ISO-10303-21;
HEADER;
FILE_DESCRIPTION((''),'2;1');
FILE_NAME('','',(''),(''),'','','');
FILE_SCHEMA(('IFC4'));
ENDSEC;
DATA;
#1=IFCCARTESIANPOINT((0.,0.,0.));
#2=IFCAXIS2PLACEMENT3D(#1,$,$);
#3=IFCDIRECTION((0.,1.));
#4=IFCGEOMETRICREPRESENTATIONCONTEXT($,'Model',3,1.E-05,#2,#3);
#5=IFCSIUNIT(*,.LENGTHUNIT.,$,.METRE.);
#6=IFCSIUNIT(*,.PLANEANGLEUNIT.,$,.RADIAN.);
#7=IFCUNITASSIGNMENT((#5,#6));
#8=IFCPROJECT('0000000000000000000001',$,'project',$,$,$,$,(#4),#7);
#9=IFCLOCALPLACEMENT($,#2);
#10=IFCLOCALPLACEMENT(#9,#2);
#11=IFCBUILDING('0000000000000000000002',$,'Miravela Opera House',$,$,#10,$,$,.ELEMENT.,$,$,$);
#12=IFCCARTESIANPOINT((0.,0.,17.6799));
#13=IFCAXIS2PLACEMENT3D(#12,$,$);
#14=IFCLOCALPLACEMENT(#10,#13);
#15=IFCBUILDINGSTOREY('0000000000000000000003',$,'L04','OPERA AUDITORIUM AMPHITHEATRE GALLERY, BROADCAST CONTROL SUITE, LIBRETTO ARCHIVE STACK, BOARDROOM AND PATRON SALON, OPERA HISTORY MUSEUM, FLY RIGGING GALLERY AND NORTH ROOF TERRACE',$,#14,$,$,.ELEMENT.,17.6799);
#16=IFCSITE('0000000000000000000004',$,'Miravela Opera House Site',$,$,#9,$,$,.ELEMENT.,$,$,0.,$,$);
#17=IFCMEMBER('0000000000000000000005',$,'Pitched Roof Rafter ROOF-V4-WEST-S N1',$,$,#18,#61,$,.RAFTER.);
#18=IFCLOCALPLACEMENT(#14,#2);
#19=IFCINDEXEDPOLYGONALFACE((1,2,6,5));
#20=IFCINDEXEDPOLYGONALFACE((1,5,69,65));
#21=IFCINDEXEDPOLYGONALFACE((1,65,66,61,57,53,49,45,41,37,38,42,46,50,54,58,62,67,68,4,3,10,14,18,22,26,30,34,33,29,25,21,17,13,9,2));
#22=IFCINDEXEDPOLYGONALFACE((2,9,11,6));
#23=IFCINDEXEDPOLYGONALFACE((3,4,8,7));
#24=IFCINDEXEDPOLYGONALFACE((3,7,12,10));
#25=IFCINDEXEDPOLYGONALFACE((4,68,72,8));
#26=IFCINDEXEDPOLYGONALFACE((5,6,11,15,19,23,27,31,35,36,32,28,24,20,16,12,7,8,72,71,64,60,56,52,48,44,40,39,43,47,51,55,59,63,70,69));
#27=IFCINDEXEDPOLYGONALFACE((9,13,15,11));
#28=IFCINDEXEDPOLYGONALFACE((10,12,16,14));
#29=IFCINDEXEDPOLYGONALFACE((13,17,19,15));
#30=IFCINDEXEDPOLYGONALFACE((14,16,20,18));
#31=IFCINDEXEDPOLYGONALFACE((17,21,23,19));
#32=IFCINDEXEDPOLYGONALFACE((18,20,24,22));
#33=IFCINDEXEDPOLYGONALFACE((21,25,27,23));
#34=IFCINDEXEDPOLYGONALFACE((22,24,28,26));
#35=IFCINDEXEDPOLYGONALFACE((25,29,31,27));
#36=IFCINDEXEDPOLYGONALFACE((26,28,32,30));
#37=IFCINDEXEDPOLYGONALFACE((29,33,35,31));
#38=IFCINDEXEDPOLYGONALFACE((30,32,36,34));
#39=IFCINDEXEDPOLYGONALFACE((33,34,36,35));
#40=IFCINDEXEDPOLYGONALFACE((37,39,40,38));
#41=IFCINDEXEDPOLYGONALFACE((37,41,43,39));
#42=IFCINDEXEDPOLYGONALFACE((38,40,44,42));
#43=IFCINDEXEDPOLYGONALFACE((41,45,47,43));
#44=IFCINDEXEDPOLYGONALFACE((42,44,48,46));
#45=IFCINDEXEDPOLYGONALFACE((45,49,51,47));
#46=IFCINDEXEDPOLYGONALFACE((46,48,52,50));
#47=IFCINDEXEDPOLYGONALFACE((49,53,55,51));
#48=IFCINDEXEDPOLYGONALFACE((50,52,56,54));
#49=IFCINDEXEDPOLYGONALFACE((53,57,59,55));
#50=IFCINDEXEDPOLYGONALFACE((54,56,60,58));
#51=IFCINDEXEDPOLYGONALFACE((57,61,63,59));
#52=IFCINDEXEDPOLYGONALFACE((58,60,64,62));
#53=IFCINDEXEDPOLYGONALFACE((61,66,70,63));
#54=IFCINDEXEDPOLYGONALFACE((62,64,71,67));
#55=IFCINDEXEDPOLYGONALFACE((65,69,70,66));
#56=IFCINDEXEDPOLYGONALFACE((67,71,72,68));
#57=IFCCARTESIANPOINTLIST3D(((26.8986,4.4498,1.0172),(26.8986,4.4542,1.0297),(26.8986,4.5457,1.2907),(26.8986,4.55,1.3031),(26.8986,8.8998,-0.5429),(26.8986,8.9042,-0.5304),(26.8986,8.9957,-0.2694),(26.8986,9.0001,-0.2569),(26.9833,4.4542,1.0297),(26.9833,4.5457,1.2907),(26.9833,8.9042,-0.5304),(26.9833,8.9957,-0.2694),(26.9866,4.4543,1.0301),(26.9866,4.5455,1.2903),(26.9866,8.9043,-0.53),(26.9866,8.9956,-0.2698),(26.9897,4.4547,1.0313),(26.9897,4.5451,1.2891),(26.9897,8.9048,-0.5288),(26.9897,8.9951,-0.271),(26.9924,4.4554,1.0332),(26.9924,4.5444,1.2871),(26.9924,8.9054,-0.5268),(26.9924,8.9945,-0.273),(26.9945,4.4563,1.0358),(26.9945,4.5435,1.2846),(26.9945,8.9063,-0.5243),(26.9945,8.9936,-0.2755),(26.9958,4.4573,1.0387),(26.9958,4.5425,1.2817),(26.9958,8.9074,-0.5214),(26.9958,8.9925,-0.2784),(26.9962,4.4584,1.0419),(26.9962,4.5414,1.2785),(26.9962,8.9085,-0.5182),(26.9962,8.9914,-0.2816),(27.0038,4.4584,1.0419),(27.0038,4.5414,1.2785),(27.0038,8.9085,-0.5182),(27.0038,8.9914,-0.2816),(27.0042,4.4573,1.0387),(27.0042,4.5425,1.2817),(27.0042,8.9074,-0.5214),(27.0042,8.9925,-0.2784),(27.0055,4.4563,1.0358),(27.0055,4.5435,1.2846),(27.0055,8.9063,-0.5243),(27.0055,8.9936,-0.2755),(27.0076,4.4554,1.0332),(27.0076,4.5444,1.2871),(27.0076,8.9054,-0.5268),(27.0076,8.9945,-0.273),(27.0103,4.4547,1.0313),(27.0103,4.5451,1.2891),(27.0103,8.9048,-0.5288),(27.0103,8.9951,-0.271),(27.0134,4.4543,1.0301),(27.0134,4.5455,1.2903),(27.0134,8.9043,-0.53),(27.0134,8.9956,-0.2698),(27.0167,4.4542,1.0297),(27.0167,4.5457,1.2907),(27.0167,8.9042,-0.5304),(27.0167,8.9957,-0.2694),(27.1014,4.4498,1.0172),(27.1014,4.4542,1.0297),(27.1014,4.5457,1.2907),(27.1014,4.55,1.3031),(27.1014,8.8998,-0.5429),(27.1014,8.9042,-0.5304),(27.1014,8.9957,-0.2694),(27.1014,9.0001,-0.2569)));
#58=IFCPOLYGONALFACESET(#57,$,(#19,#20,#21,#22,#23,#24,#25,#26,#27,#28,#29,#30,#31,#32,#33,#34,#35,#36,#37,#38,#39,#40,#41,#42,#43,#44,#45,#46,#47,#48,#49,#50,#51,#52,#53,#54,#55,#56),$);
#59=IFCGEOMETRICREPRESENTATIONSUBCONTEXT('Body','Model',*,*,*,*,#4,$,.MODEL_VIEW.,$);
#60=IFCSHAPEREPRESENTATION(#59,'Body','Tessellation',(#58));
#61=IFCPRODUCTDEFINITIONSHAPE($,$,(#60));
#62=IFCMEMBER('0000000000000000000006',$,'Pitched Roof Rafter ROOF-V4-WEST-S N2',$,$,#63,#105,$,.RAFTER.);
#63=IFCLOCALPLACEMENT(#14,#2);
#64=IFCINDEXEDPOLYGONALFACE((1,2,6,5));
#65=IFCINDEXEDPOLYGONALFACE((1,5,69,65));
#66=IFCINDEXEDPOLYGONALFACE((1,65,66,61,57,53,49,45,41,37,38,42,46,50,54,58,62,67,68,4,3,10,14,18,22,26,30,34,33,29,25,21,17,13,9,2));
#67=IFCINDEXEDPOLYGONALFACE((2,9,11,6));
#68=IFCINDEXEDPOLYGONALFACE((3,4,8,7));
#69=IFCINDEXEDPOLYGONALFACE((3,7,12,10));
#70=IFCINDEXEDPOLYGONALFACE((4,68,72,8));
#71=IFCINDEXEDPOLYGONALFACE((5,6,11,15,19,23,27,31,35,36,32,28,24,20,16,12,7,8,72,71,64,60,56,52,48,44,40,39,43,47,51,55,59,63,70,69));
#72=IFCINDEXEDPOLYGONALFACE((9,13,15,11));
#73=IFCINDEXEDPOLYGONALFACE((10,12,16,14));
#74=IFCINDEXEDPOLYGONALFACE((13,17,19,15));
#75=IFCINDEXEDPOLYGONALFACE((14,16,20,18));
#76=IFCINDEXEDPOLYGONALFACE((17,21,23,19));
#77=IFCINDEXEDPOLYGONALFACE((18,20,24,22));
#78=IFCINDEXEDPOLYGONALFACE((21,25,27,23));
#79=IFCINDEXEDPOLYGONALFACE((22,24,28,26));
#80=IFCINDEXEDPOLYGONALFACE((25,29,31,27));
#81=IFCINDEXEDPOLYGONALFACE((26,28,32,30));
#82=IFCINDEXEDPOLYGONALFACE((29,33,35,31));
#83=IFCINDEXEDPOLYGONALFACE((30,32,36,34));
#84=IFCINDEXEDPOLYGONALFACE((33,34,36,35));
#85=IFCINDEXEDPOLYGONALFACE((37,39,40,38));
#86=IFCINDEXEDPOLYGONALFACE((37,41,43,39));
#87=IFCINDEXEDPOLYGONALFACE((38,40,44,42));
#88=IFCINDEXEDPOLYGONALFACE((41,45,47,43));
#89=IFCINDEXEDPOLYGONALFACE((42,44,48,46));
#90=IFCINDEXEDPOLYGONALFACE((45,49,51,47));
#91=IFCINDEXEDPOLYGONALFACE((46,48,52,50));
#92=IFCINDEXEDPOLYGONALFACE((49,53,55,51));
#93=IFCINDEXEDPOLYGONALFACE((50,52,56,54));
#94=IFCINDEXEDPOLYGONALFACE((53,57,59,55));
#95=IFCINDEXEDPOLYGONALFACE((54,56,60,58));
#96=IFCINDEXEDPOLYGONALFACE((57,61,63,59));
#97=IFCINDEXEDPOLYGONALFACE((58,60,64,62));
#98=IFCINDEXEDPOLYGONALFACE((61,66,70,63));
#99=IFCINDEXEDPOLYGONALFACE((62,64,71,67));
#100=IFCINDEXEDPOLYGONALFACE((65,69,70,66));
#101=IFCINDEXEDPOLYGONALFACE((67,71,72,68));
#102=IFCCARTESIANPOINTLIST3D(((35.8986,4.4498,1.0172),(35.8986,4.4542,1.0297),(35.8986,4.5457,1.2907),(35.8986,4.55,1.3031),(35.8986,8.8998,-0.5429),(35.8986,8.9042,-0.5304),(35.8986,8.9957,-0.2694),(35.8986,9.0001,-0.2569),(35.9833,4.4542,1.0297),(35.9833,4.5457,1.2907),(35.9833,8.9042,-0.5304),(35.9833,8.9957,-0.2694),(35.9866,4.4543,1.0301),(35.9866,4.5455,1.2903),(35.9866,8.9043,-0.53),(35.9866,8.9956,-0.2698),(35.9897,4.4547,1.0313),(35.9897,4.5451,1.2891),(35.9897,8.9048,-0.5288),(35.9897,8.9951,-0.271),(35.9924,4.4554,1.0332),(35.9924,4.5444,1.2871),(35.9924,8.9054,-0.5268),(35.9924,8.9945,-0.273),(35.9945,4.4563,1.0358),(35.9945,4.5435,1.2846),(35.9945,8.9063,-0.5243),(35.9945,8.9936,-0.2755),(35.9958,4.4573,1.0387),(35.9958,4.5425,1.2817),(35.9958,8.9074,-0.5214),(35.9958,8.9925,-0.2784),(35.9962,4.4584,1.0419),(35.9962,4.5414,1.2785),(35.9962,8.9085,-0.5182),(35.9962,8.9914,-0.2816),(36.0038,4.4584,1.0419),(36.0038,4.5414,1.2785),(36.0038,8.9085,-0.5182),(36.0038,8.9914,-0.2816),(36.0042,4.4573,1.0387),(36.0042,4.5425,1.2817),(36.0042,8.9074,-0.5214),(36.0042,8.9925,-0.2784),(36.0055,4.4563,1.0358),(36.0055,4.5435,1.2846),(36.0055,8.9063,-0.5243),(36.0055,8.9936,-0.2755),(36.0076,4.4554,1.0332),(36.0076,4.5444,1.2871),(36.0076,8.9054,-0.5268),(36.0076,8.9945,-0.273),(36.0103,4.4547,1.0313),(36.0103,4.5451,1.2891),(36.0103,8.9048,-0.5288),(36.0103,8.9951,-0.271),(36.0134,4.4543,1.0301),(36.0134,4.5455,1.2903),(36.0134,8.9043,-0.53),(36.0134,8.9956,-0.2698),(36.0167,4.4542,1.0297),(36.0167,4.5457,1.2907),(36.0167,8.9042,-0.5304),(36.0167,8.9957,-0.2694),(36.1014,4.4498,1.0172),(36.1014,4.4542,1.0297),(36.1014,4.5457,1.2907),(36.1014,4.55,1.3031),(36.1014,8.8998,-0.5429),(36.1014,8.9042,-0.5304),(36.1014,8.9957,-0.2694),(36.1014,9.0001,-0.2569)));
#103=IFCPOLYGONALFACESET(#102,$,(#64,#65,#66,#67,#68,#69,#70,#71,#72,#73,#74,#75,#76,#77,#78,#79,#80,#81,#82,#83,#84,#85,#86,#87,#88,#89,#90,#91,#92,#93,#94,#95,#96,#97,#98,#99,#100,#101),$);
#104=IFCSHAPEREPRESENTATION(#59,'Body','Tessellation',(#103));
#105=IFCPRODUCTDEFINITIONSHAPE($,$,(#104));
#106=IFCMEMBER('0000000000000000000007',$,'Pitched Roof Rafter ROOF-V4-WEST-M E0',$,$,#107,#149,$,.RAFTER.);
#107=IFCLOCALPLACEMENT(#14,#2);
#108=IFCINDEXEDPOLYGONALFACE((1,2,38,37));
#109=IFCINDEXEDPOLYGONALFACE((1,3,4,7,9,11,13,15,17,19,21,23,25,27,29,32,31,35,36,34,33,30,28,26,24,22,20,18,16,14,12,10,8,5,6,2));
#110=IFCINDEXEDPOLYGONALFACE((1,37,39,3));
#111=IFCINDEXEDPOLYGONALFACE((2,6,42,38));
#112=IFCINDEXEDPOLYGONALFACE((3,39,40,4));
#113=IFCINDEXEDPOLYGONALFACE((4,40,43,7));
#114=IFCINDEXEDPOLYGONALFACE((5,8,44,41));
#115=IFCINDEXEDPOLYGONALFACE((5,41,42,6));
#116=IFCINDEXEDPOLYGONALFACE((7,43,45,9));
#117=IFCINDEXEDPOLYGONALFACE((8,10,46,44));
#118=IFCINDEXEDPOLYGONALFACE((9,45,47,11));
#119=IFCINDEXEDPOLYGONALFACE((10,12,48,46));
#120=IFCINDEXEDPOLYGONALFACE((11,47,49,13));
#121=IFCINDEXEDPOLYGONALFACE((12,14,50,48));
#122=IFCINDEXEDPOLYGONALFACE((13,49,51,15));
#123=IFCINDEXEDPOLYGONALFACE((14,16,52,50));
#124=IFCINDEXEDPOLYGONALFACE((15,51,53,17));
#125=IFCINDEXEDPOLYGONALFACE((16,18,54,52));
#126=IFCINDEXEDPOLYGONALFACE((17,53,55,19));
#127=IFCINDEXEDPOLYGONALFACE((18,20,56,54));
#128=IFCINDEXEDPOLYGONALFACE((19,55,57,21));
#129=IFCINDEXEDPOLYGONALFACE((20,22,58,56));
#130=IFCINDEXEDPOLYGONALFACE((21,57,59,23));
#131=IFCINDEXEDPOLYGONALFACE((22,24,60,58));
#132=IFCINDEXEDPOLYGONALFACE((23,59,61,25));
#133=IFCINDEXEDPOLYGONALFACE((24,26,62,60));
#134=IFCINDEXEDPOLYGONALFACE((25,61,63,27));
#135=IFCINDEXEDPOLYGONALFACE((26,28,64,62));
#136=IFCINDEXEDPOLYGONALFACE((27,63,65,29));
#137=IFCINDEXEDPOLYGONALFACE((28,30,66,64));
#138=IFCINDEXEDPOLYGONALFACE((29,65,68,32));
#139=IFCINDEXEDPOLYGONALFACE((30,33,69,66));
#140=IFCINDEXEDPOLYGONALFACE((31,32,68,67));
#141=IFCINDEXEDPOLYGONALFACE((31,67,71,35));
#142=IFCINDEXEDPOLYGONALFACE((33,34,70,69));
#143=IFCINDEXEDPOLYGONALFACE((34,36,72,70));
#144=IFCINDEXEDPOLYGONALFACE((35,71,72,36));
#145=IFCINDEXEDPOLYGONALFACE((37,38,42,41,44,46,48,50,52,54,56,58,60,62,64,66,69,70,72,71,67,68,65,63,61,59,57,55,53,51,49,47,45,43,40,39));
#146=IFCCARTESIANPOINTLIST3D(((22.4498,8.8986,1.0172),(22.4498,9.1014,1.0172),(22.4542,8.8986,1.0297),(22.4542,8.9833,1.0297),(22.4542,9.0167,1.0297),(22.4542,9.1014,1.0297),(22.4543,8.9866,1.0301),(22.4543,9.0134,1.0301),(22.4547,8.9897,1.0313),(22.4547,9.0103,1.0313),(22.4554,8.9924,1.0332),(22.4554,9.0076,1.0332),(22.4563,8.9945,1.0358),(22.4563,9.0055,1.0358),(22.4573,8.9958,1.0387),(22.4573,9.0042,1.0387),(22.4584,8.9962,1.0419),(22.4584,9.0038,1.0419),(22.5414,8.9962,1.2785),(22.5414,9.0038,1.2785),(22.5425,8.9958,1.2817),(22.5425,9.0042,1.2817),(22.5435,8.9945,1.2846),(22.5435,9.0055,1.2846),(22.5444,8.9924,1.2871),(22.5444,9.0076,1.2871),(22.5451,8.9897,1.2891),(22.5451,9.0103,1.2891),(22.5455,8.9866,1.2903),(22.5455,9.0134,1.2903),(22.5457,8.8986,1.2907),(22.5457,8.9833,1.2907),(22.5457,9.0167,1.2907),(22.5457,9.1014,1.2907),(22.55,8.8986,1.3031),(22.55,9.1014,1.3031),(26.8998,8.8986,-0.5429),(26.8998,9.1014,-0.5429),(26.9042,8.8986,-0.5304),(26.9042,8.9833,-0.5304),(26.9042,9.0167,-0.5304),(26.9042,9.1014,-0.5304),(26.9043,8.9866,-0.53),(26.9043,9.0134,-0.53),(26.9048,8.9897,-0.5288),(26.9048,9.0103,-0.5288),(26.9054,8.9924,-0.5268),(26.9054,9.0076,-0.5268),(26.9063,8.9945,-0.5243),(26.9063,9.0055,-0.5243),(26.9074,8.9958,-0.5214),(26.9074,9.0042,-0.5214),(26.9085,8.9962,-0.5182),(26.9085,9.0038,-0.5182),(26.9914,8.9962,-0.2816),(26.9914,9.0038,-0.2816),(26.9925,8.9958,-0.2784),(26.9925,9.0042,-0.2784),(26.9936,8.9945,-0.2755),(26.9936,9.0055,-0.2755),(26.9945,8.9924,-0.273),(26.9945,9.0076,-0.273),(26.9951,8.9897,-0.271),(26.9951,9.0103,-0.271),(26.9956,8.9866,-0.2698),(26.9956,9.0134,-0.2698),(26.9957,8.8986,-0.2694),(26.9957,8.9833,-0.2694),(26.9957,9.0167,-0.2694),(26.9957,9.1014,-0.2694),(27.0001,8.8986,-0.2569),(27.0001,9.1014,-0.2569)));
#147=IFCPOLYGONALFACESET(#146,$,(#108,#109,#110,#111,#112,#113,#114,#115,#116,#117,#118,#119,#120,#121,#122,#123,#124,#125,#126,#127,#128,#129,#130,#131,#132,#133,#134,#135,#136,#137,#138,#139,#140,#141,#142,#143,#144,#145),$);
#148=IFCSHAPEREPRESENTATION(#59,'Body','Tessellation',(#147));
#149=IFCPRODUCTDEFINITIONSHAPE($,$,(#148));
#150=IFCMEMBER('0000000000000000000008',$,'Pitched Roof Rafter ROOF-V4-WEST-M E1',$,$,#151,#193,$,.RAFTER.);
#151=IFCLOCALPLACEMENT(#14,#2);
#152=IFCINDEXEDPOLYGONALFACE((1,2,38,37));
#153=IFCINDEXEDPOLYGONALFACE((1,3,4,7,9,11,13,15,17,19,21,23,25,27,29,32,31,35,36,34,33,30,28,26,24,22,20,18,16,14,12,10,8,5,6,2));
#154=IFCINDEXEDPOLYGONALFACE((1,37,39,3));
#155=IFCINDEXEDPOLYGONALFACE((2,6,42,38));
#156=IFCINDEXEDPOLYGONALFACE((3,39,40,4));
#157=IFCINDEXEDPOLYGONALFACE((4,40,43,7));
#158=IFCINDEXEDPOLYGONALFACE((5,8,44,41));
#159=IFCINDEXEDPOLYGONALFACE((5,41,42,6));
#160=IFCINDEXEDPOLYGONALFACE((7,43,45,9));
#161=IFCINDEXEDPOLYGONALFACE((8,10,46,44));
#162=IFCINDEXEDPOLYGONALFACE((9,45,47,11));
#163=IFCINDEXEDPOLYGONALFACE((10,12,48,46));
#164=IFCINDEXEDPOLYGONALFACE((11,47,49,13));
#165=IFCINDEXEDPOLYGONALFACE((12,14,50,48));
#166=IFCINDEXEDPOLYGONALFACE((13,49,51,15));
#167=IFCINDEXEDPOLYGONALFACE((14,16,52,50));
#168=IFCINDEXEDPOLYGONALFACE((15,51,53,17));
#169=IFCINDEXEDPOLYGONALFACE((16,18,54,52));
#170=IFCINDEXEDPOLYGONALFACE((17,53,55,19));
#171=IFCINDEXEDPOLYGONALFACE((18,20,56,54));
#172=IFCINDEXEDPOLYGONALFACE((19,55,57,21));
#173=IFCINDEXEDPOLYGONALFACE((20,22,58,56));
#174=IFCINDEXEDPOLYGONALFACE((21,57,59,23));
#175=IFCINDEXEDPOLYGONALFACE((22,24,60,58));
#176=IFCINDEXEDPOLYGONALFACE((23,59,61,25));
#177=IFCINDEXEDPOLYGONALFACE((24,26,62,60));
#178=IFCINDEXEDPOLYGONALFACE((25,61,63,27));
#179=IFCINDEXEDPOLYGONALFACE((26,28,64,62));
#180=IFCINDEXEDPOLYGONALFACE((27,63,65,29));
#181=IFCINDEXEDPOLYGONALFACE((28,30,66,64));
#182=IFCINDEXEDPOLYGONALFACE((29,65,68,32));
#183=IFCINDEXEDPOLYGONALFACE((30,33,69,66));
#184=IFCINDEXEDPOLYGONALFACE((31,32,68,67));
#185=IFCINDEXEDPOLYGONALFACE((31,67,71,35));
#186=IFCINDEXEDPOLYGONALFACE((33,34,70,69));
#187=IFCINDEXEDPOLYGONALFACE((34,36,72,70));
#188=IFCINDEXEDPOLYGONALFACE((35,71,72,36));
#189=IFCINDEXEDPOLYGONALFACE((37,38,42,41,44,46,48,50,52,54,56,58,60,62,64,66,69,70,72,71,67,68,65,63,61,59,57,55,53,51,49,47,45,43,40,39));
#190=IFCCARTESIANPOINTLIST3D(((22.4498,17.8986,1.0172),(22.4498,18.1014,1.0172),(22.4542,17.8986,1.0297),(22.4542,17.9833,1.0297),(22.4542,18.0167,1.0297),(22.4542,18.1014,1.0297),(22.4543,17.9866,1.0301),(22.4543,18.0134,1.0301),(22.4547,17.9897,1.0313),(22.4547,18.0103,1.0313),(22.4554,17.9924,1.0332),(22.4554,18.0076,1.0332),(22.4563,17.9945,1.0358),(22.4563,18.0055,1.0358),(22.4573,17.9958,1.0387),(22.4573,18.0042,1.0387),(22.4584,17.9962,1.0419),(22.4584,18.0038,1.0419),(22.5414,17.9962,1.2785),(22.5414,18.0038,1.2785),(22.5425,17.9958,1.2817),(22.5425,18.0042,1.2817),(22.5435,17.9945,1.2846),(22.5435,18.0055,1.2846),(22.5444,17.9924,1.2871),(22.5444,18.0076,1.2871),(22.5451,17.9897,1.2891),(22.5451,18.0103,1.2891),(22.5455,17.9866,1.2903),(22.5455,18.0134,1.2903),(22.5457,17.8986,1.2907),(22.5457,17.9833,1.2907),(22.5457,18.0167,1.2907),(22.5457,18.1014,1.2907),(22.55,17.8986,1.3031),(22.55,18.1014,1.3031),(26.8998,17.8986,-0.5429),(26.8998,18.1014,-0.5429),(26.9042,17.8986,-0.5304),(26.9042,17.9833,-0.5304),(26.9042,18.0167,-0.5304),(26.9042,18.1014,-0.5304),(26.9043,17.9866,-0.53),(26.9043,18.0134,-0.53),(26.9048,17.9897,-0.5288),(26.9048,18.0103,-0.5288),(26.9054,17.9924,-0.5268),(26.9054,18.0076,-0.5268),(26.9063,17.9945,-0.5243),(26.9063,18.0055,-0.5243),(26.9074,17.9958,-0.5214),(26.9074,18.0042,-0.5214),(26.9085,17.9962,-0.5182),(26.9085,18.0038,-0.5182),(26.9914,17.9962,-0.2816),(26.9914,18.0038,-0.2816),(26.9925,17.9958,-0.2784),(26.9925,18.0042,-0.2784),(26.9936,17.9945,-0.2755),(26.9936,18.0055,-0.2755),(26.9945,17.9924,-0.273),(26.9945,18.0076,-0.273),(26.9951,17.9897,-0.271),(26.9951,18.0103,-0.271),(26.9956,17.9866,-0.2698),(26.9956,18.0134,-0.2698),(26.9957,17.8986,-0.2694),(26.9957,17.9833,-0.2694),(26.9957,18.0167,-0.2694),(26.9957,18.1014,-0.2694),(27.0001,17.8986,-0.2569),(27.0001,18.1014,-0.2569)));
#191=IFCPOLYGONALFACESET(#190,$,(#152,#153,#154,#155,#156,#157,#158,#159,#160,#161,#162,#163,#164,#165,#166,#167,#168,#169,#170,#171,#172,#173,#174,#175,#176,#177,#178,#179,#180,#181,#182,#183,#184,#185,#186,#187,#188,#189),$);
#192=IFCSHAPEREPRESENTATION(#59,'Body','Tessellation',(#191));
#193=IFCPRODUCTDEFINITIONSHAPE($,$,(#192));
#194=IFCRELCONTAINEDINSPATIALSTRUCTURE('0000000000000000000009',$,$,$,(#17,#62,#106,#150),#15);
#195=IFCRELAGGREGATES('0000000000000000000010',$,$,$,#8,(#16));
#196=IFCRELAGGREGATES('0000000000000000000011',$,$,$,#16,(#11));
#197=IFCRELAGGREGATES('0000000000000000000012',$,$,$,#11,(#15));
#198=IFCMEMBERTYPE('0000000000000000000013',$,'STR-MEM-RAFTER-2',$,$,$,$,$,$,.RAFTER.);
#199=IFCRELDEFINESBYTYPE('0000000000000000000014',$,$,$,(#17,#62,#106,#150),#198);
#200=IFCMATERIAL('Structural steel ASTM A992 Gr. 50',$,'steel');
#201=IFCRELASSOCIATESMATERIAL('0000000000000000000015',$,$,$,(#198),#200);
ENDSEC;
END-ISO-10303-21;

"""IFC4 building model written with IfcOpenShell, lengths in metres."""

from ifc_helpers import new_model, si_unit, direction, frame, origin, origin_2d, place, context, subcontext, project, spatial, i_section, extrude, material, material_profile, profile_set, type_object, element, save


model = new_model("IFC4")

# Units and contexts
model_context = context("Model", 3, precision=1e-05, world=origin(), true_north=direction((0.0, 1.0)))
body_context = subcontext(model_context, "Body", "Model", "MODEL_VIEW")
ifc_project = project(units=[si_unit("LENGTHUNIT", "METRE"), si_unit("PLANEANGLEUNIT", "RADIAN")], contexts=[model_context])

# Site, building, storey
site_placement = place(None, origin())
site = spatial("IfcSite", under=ifc_project, at=site_placement, Name="Miravela Opera House Site", CompositionType="ELEMENT", RefElevation=0.0)
building_placement = place(site_placement, origin())
building = spatial("IfcBuilding", under=site, at=building_placement, Name="Miravela Opera House", CompositionType="ELEMENT")
storey_placement = place(building_placement, frame((0.0, 0.0, 17.6799)))
storey = spatial("IfcBuildingStorey", under=building, at=storey_placement, Name="L04", Description="OPERA AUDITORIUM AMPHITHEATRE GALLERY, BROADCAST CONTROL SUITE, LIBRETTO ARCHIVE STACK, BOARDROOM AND PATRON SALON, OPERA HISTORY MUSEUM, FLY RIGGING GALLERY AND NORTH ROOF TERRACE", CompositionType="ELEMENT", Elevation=17.6799)

# Shared definitions
ifc_material_1 = material(Name="Structural steel ASTM A992 Gr. 50", Category="steel")

# Members
ifc_material_profile_1 = material_profile(ifc_material_1, i_section(OverallWidth=0.2029, OverallDepth=0.303, WebThickness=0.0076, FlangeThickness=0.0132, FilletRadius=0.0129, at=origin_2d()), Name="W310X60")
ifc_profile_set_1 = profile_set([ifc_material_profile_1])
member_type_1 = type_object("IfcMemberType", Name="STR-MEM-RAFTER-2", PredefinedType="RAFTER", material=ifc_profile_set_1)
for number, where, z_axis, x_axis, name in (
    (1, (27.0, 8.95, -0.3999), (0.0, -0.943688, 0.330837), (1.0, 0.0, 0.0), "Pitched Roof Rafter ROOF-V4-WEST-S N1"),
    (2, (36.0, 8.95, -0.3999), (0.0, -0.943688, 0.330837), (1.0, 0.0, 0.0), "Pitched Roof Rafter ROOF-V4-WEST-S N2"),
    (3, (26.95, 9.0, -0.3999), (-0.943688, 0.0, 0.330837), (0.0, -1.0, 0.0), "Pitched Roof Rafter ROOF-V4-WEST-M E0"),
    (4, (26.95, 18.0, -0.3999), (-0.943688, 0.0, 0.330837), (0.0, -1.0, 0.0), "Pitched Roof Rafter ROOF-V4-WEST-M E1"),
):
    element("IfcMember", number, at=place(storey_placement, frame(where, z_axis=z_axis, x_axis=x_axis)), inside=storey, type_object=member_type_1, Name=name, PredefinedType="RAFTER", context=body_context, shape_type="SweptSolid", body=[
        extrude(i_section(OverallWidth=0.2029, OverallDepth=0.303, WebThickness=0.0076, FlangeThickness=0.0132, FilletRadius=0.0129, at=origin_2d()), origin(), (0.0, 0.0, 1.0), 4.7156),
    ])

save(model, "model.ifc")
